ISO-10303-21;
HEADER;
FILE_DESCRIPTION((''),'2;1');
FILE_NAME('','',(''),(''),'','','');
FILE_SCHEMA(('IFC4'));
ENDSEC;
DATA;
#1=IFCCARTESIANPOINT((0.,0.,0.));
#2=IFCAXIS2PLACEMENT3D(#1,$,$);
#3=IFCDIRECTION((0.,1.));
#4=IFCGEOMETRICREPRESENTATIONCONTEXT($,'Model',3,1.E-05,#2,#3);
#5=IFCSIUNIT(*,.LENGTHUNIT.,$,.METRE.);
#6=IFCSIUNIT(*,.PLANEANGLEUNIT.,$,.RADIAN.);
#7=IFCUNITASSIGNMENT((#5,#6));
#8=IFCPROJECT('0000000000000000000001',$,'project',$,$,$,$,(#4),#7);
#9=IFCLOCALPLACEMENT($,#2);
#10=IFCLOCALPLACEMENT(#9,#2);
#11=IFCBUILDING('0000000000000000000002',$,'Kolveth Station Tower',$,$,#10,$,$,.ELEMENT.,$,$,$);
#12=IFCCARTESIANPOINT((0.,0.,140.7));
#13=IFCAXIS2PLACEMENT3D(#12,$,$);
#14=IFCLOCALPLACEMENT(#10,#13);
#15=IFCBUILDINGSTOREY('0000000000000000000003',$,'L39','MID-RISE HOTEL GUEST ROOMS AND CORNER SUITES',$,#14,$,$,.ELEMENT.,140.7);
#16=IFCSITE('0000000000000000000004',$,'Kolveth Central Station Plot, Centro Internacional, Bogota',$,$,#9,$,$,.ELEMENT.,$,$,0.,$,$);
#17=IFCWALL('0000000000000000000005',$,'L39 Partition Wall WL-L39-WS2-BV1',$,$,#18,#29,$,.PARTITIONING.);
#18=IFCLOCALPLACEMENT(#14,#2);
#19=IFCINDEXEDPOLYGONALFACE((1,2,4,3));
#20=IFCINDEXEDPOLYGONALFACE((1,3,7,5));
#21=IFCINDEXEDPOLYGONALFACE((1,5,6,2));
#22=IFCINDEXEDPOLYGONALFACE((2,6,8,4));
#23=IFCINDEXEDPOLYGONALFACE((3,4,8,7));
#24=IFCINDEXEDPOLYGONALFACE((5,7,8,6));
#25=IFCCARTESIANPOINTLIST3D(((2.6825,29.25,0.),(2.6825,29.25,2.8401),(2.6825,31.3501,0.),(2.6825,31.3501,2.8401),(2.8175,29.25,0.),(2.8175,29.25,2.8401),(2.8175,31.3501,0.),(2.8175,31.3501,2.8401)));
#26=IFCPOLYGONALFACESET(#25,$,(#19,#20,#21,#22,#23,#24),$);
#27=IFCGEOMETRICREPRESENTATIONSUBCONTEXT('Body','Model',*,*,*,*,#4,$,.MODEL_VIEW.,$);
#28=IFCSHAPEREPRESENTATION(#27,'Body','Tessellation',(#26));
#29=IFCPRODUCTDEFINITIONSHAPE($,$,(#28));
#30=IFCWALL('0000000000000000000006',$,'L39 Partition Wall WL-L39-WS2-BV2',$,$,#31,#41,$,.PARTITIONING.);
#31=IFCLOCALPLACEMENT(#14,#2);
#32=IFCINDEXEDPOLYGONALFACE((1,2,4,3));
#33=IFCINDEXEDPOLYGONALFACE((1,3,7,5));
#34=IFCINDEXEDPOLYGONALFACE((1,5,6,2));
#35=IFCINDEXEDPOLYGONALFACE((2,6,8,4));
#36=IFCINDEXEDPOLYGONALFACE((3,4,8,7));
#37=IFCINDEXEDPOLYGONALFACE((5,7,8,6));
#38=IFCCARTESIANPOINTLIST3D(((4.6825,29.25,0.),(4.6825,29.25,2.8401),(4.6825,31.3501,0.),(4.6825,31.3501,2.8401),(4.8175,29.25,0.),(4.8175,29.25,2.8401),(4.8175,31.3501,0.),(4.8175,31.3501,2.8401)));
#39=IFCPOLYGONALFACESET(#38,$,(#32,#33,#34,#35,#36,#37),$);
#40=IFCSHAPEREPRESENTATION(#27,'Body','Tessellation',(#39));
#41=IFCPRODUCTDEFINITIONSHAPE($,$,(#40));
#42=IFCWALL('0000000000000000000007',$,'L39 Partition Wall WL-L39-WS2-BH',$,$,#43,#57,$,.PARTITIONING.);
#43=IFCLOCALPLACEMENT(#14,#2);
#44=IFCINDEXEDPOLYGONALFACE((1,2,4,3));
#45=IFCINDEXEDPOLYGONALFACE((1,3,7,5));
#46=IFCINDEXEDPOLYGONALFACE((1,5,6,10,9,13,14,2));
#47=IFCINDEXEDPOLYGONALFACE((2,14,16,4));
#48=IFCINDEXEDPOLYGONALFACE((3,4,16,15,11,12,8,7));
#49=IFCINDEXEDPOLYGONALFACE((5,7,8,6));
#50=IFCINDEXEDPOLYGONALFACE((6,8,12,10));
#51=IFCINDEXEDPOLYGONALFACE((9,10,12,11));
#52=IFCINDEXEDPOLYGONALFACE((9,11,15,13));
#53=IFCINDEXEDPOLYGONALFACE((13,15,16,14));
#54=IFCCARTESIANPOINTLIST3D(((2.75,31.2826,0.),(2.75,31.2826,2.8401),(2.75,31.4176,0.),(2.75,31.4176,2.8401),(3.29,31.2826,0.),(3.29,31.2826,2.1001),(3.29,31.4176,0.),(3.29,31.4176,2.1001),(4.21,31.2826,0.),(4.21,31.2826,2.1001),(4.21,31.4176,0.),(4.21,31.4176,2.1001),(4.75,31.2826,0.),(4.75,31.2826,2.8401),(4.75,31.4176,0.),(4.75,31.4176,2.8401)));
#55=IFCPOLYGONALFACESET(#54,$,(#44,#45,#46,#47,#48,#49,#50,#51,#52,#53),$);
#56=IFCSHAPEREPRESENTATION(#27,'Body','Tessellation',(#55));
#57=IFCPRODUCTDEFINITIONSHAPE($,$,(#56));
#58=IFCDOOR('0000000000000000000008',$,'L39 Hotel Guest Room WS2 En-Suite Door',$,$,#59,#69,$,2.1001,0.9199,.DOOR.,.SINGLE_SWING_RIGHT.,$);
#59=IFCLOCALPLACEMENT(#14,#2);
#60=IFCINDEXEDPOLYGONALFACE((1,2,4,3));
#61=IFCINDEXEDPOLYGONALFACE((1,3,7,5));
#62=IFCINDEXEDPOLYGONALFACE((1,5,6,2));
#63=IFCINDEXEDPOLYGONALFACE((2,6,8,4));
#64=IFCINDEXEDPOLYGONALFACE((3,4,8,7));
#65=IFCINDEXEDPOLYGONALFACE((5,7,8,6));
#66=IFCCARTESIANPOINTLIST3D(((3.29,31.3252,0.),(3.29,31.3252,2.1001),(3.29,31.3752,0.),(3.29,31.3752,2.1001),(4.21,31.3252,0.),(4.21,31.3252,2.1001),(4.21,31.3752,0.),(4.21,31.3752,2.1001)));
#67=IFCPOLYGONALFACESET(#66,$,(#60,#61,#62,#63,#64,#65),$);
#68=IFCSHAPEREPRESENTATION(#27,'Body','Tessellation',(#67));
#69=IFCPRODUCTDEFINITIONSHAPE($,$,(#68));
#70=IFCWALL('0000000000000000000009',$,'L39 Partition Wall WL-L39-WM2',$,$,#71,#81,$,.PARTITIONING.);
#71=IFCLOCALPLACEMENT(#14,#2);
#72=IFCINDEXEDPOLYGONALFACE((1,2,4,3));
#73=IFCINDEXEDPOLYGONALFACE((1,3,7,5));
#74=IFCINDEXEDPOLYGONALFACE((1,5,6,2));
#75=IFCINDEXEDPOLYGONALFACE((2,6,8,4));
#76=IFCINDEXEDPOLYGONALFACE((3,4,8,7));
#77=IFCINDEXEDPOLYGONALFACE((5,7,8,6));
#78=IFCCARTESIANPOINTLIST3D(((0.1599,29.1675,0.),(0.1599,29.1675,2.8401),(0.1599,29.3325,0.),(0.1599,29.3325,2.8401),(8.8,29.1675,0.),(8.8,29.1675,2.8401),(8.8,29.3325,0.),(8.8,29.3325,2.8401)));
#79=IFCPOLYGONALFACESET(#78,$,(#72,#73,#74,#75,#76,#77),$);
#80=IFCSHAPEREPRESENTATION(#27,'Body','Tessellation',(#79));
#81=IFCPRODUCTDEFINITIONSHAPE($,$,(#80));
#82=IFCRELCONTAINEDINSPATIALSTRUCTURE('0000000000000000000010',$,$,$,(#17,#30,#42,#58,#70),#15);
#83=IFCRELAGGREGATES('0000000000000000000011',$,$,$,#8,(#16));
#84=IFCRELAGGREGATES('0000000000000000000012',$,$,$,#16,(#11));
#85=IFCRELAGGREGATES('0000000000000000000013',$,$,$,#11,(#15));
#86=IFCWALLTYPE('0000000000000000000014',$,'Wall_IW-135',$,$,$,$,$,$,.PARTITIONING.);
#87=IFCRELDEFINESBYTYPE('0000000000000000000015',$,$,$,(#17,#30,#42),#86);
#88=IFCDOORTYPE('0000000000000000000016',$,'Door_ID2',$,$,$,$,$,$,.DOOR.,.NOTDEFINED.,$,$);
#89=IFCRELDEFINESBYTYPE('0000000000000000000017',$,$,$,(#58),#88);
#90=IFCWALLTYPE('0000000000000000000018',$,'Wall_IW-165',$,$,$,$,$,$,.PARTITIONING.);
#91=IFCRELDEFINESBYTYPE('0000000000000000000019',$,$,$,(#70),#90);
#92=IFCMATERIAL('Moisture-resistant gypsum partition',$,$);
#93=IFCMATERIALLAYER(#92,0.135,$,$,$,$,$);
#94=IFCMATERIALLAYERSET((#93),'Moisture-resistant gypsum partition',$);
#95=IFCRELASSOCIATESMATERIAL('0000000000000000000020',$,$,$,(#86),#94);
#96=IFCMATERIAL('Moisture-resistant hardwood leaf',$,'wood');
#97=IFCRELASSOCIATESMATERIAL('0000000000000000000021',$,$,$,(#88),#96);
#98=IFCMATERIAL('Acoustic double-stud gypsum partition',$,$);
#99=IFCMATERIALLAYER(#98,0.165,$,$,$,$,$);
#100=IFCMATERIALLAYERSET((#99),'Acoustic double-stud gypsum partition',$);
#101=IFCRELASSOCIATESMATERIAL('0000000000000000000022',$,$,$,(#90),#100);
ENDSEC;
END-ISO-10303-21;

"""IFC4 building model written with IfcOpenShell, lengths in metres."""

from ifc_helpers import new_model, si_unit, direction, frame, frame_2d, origin, place, context, subcontext, project, spatial, rectangle, extrude, material, layer, layer_set, type_object, element, fill, save


model = new_model("IFC4")

# Units and contexts
model_context = context("Model", 3, precision=1e-05, world=origin(), true_north=direction((0.0, 1.0)))
body_context = subcontext(model_context, "Body", "Model", "MODEL_VIEW")
ifc_project = project(units=[si_unit("LENGTHUNIT", "METRE"), si_unit("PLANEANGLEUNIT", "RADIAN")], contexts=[model_context])

# Site, building, storey
site_placement = place(None, origin())
site = spatial("IfcSite", under=ifc_project, at=site_placement, Name="Kolveth Central Station Plot, Centro Internacional, Bogota", CompositionType="ELEMENT", RefElevation=0.0)
building_placement = place(site_placement, origin())
building = spatial("IfcBuilding", under=site, at=building_placement, Name="Kolveth Station Tower", CompositionType="ELEMENT")
storey_placement = place(building_placement, frame((0.0, 0.0, 140.7)))
storey = spatial("IfcBuildingStorey", under=building, at=storey_placement, Name="L39", Description="MID-RISE HOTEL GUEST ROOMS AND CORNER SUITES", CompositionType="ELEMENT", Elevation=140.7)

# Walls
ifc_material_1 = material(Name="Moisture-resistant gypsum partition")
ifc_layer_1 = layer(ifc_material_1, 0.135)
ifc_layer_set_1 = layer_set([ifc_layer_1], Name="Moisture-resistant gypsum partition")
wall_type_1 = type_object("IfcWallType", Name="Wall_IW-135", PredefinedType="PARTITIONING", material=ifc_layer_set_1)
for number, where, z_axis, x_axis, name in (
    (1, (2.75, 29.25, 0.0), (0.0, 0.0, 1.0), (0.0, 1.0, 0.0), "L39 Partition Wall WL-L39-WS2-BV1"),
    (2, (4.75, 29.25, 0.0), (0.0, 0.0, 1.0), (0.0, 1.0, 0.0), "L39 Partition Wall WL-L39-WS2-BV2"),
):
    element("IfcWall", number, at=place(storey_placement, frame(where, z_axis=z_axis, x_axis=x_axis)), inside=storey, type_object=wall_type_1, Name=name, PredefinedType="PARTITIONING", context=body_context, shape_type="SweptSolid", body=[
        extrude(rectangle(XDim=2.1001, YDim=0.135, at=frame_2d((1.05, 0.0))), origin(), (0.0, 0.0, 1.0), 2.8401),
    ])

# Wall, opening, door
wall_1_placement = place(storey_placement, frame((2.75, 31.3501, 0.0), z_axis=(0.0, 0.0, 1.0), x_axis=(1.0, 0.0, 0.0)))
wall_1 = element("IfcWall", 3, at=wall_1_placement, inside=storey, type_object=wall_type_1, Name="L39 Partition Wall WL-L39-WS2-BH", PredefinedType="PARTITIONING", context=body_context, shape_type="SweptSolid", body=[
    extrude(rectangle(XDim=2.0, YDim=0.135, at=frame_2d((1.0, 0.0))), origin(), (0.0, 0.0, 1.0), 2.8401),
])
opening_placement = place(wall_1_placement, frame((0.54, 0.0, 0.0)))
opening = element("IfcOpeningElement", 4, at=opening_placement, cuts=wall_1, PredefinedType="OPENING", context=body_context, shape_type="SweptSolid", body=[
    extrude(rectangle(XDim=0.9199, YDim=2.1001, at=frame_2d((0.46, 1.05))), frame((0.0, 0.0774, 0.0), z_axis=(0.0, -1.0, 0.0), x_axis=(1.0, 0.0, 0.0)), (0.0, 0.0, 1.0), 0.155),
])
ifc_material_2 = material(Name="Moisture-resistant hardwood leaf", Category="wood")
door_type = type_object("IfcDoorType", Name="Door_ID2", OperationType="NOTDEFINED", PredefinedType="DOOR", material=ifc_material_2)
door_placement = place(opening_placement, frame((0.9199, 0.0, 0.0), z_axis=(0.0, 0.0, 1.0), x_axis=(-1.0, 0.0, 0.0)))
door = element("IfcDoor", 5, at=door_placement, inside=storey, type_object=door_type, Name="L39 Hotel Guest Room WS2 En-Suite Door", OperationType="SINGLE_SWING_RIGHT", OverallHeight=2.1001, OverallWidth=0.9199, PredefinedType="DOOR", context=body_context, shape_type="SweptSolid", body=[
    extrude(rectangle(XDim=0.9199, YDim=2.1001, at=frame_2d((0.46, 1.05))), frame((0.0, 0.0249, 0.0), z_axis=(0.0, -1.0, 0.0), x_axis=(1.0, 0.0, 0.0)), (0.0, 0.0, 1.0), 0.05),
])
fill(opening, door)

# Wall
ifc_material_3 = material(Name="Acoustic double-stud gypsum partition")
ifc_layer_2 = layer(ifc_material_3, 0.165)
ifc_layer_set_2 = layer_set([ifc_layer_2], Name="Acoustic double-stud gypsum partition")
wall_type_2 = type_object("IfcWallType", Name="Wall_IW-165", PredefinedType="PARTITIONING", material=ifc_layer_set_2)
wall_2_placement = place(storey_placement, frame((0.1599, 29.25, 0.0), z_axis=(0.0, 0.0, 1.0), x_axis=(1.0, 0.0, 0.0)))
element("IfcWall", 6, at=wall_2_placement, inside=storey, type_object=wall_type_2, Name="L39 Partition Wall WL-L39-WM2", PredefinedType="PARTITIONING", context=body_context, shape_type="SweptSolid", body=[
    extrude(rectangle(XDim=8.6401, YDim=0.165, at=frame_2d((4.3201, 0.0))), origin(), (0.0, 0.0, 1.0), 2.8401),
])

save(model, "model.ifc")
